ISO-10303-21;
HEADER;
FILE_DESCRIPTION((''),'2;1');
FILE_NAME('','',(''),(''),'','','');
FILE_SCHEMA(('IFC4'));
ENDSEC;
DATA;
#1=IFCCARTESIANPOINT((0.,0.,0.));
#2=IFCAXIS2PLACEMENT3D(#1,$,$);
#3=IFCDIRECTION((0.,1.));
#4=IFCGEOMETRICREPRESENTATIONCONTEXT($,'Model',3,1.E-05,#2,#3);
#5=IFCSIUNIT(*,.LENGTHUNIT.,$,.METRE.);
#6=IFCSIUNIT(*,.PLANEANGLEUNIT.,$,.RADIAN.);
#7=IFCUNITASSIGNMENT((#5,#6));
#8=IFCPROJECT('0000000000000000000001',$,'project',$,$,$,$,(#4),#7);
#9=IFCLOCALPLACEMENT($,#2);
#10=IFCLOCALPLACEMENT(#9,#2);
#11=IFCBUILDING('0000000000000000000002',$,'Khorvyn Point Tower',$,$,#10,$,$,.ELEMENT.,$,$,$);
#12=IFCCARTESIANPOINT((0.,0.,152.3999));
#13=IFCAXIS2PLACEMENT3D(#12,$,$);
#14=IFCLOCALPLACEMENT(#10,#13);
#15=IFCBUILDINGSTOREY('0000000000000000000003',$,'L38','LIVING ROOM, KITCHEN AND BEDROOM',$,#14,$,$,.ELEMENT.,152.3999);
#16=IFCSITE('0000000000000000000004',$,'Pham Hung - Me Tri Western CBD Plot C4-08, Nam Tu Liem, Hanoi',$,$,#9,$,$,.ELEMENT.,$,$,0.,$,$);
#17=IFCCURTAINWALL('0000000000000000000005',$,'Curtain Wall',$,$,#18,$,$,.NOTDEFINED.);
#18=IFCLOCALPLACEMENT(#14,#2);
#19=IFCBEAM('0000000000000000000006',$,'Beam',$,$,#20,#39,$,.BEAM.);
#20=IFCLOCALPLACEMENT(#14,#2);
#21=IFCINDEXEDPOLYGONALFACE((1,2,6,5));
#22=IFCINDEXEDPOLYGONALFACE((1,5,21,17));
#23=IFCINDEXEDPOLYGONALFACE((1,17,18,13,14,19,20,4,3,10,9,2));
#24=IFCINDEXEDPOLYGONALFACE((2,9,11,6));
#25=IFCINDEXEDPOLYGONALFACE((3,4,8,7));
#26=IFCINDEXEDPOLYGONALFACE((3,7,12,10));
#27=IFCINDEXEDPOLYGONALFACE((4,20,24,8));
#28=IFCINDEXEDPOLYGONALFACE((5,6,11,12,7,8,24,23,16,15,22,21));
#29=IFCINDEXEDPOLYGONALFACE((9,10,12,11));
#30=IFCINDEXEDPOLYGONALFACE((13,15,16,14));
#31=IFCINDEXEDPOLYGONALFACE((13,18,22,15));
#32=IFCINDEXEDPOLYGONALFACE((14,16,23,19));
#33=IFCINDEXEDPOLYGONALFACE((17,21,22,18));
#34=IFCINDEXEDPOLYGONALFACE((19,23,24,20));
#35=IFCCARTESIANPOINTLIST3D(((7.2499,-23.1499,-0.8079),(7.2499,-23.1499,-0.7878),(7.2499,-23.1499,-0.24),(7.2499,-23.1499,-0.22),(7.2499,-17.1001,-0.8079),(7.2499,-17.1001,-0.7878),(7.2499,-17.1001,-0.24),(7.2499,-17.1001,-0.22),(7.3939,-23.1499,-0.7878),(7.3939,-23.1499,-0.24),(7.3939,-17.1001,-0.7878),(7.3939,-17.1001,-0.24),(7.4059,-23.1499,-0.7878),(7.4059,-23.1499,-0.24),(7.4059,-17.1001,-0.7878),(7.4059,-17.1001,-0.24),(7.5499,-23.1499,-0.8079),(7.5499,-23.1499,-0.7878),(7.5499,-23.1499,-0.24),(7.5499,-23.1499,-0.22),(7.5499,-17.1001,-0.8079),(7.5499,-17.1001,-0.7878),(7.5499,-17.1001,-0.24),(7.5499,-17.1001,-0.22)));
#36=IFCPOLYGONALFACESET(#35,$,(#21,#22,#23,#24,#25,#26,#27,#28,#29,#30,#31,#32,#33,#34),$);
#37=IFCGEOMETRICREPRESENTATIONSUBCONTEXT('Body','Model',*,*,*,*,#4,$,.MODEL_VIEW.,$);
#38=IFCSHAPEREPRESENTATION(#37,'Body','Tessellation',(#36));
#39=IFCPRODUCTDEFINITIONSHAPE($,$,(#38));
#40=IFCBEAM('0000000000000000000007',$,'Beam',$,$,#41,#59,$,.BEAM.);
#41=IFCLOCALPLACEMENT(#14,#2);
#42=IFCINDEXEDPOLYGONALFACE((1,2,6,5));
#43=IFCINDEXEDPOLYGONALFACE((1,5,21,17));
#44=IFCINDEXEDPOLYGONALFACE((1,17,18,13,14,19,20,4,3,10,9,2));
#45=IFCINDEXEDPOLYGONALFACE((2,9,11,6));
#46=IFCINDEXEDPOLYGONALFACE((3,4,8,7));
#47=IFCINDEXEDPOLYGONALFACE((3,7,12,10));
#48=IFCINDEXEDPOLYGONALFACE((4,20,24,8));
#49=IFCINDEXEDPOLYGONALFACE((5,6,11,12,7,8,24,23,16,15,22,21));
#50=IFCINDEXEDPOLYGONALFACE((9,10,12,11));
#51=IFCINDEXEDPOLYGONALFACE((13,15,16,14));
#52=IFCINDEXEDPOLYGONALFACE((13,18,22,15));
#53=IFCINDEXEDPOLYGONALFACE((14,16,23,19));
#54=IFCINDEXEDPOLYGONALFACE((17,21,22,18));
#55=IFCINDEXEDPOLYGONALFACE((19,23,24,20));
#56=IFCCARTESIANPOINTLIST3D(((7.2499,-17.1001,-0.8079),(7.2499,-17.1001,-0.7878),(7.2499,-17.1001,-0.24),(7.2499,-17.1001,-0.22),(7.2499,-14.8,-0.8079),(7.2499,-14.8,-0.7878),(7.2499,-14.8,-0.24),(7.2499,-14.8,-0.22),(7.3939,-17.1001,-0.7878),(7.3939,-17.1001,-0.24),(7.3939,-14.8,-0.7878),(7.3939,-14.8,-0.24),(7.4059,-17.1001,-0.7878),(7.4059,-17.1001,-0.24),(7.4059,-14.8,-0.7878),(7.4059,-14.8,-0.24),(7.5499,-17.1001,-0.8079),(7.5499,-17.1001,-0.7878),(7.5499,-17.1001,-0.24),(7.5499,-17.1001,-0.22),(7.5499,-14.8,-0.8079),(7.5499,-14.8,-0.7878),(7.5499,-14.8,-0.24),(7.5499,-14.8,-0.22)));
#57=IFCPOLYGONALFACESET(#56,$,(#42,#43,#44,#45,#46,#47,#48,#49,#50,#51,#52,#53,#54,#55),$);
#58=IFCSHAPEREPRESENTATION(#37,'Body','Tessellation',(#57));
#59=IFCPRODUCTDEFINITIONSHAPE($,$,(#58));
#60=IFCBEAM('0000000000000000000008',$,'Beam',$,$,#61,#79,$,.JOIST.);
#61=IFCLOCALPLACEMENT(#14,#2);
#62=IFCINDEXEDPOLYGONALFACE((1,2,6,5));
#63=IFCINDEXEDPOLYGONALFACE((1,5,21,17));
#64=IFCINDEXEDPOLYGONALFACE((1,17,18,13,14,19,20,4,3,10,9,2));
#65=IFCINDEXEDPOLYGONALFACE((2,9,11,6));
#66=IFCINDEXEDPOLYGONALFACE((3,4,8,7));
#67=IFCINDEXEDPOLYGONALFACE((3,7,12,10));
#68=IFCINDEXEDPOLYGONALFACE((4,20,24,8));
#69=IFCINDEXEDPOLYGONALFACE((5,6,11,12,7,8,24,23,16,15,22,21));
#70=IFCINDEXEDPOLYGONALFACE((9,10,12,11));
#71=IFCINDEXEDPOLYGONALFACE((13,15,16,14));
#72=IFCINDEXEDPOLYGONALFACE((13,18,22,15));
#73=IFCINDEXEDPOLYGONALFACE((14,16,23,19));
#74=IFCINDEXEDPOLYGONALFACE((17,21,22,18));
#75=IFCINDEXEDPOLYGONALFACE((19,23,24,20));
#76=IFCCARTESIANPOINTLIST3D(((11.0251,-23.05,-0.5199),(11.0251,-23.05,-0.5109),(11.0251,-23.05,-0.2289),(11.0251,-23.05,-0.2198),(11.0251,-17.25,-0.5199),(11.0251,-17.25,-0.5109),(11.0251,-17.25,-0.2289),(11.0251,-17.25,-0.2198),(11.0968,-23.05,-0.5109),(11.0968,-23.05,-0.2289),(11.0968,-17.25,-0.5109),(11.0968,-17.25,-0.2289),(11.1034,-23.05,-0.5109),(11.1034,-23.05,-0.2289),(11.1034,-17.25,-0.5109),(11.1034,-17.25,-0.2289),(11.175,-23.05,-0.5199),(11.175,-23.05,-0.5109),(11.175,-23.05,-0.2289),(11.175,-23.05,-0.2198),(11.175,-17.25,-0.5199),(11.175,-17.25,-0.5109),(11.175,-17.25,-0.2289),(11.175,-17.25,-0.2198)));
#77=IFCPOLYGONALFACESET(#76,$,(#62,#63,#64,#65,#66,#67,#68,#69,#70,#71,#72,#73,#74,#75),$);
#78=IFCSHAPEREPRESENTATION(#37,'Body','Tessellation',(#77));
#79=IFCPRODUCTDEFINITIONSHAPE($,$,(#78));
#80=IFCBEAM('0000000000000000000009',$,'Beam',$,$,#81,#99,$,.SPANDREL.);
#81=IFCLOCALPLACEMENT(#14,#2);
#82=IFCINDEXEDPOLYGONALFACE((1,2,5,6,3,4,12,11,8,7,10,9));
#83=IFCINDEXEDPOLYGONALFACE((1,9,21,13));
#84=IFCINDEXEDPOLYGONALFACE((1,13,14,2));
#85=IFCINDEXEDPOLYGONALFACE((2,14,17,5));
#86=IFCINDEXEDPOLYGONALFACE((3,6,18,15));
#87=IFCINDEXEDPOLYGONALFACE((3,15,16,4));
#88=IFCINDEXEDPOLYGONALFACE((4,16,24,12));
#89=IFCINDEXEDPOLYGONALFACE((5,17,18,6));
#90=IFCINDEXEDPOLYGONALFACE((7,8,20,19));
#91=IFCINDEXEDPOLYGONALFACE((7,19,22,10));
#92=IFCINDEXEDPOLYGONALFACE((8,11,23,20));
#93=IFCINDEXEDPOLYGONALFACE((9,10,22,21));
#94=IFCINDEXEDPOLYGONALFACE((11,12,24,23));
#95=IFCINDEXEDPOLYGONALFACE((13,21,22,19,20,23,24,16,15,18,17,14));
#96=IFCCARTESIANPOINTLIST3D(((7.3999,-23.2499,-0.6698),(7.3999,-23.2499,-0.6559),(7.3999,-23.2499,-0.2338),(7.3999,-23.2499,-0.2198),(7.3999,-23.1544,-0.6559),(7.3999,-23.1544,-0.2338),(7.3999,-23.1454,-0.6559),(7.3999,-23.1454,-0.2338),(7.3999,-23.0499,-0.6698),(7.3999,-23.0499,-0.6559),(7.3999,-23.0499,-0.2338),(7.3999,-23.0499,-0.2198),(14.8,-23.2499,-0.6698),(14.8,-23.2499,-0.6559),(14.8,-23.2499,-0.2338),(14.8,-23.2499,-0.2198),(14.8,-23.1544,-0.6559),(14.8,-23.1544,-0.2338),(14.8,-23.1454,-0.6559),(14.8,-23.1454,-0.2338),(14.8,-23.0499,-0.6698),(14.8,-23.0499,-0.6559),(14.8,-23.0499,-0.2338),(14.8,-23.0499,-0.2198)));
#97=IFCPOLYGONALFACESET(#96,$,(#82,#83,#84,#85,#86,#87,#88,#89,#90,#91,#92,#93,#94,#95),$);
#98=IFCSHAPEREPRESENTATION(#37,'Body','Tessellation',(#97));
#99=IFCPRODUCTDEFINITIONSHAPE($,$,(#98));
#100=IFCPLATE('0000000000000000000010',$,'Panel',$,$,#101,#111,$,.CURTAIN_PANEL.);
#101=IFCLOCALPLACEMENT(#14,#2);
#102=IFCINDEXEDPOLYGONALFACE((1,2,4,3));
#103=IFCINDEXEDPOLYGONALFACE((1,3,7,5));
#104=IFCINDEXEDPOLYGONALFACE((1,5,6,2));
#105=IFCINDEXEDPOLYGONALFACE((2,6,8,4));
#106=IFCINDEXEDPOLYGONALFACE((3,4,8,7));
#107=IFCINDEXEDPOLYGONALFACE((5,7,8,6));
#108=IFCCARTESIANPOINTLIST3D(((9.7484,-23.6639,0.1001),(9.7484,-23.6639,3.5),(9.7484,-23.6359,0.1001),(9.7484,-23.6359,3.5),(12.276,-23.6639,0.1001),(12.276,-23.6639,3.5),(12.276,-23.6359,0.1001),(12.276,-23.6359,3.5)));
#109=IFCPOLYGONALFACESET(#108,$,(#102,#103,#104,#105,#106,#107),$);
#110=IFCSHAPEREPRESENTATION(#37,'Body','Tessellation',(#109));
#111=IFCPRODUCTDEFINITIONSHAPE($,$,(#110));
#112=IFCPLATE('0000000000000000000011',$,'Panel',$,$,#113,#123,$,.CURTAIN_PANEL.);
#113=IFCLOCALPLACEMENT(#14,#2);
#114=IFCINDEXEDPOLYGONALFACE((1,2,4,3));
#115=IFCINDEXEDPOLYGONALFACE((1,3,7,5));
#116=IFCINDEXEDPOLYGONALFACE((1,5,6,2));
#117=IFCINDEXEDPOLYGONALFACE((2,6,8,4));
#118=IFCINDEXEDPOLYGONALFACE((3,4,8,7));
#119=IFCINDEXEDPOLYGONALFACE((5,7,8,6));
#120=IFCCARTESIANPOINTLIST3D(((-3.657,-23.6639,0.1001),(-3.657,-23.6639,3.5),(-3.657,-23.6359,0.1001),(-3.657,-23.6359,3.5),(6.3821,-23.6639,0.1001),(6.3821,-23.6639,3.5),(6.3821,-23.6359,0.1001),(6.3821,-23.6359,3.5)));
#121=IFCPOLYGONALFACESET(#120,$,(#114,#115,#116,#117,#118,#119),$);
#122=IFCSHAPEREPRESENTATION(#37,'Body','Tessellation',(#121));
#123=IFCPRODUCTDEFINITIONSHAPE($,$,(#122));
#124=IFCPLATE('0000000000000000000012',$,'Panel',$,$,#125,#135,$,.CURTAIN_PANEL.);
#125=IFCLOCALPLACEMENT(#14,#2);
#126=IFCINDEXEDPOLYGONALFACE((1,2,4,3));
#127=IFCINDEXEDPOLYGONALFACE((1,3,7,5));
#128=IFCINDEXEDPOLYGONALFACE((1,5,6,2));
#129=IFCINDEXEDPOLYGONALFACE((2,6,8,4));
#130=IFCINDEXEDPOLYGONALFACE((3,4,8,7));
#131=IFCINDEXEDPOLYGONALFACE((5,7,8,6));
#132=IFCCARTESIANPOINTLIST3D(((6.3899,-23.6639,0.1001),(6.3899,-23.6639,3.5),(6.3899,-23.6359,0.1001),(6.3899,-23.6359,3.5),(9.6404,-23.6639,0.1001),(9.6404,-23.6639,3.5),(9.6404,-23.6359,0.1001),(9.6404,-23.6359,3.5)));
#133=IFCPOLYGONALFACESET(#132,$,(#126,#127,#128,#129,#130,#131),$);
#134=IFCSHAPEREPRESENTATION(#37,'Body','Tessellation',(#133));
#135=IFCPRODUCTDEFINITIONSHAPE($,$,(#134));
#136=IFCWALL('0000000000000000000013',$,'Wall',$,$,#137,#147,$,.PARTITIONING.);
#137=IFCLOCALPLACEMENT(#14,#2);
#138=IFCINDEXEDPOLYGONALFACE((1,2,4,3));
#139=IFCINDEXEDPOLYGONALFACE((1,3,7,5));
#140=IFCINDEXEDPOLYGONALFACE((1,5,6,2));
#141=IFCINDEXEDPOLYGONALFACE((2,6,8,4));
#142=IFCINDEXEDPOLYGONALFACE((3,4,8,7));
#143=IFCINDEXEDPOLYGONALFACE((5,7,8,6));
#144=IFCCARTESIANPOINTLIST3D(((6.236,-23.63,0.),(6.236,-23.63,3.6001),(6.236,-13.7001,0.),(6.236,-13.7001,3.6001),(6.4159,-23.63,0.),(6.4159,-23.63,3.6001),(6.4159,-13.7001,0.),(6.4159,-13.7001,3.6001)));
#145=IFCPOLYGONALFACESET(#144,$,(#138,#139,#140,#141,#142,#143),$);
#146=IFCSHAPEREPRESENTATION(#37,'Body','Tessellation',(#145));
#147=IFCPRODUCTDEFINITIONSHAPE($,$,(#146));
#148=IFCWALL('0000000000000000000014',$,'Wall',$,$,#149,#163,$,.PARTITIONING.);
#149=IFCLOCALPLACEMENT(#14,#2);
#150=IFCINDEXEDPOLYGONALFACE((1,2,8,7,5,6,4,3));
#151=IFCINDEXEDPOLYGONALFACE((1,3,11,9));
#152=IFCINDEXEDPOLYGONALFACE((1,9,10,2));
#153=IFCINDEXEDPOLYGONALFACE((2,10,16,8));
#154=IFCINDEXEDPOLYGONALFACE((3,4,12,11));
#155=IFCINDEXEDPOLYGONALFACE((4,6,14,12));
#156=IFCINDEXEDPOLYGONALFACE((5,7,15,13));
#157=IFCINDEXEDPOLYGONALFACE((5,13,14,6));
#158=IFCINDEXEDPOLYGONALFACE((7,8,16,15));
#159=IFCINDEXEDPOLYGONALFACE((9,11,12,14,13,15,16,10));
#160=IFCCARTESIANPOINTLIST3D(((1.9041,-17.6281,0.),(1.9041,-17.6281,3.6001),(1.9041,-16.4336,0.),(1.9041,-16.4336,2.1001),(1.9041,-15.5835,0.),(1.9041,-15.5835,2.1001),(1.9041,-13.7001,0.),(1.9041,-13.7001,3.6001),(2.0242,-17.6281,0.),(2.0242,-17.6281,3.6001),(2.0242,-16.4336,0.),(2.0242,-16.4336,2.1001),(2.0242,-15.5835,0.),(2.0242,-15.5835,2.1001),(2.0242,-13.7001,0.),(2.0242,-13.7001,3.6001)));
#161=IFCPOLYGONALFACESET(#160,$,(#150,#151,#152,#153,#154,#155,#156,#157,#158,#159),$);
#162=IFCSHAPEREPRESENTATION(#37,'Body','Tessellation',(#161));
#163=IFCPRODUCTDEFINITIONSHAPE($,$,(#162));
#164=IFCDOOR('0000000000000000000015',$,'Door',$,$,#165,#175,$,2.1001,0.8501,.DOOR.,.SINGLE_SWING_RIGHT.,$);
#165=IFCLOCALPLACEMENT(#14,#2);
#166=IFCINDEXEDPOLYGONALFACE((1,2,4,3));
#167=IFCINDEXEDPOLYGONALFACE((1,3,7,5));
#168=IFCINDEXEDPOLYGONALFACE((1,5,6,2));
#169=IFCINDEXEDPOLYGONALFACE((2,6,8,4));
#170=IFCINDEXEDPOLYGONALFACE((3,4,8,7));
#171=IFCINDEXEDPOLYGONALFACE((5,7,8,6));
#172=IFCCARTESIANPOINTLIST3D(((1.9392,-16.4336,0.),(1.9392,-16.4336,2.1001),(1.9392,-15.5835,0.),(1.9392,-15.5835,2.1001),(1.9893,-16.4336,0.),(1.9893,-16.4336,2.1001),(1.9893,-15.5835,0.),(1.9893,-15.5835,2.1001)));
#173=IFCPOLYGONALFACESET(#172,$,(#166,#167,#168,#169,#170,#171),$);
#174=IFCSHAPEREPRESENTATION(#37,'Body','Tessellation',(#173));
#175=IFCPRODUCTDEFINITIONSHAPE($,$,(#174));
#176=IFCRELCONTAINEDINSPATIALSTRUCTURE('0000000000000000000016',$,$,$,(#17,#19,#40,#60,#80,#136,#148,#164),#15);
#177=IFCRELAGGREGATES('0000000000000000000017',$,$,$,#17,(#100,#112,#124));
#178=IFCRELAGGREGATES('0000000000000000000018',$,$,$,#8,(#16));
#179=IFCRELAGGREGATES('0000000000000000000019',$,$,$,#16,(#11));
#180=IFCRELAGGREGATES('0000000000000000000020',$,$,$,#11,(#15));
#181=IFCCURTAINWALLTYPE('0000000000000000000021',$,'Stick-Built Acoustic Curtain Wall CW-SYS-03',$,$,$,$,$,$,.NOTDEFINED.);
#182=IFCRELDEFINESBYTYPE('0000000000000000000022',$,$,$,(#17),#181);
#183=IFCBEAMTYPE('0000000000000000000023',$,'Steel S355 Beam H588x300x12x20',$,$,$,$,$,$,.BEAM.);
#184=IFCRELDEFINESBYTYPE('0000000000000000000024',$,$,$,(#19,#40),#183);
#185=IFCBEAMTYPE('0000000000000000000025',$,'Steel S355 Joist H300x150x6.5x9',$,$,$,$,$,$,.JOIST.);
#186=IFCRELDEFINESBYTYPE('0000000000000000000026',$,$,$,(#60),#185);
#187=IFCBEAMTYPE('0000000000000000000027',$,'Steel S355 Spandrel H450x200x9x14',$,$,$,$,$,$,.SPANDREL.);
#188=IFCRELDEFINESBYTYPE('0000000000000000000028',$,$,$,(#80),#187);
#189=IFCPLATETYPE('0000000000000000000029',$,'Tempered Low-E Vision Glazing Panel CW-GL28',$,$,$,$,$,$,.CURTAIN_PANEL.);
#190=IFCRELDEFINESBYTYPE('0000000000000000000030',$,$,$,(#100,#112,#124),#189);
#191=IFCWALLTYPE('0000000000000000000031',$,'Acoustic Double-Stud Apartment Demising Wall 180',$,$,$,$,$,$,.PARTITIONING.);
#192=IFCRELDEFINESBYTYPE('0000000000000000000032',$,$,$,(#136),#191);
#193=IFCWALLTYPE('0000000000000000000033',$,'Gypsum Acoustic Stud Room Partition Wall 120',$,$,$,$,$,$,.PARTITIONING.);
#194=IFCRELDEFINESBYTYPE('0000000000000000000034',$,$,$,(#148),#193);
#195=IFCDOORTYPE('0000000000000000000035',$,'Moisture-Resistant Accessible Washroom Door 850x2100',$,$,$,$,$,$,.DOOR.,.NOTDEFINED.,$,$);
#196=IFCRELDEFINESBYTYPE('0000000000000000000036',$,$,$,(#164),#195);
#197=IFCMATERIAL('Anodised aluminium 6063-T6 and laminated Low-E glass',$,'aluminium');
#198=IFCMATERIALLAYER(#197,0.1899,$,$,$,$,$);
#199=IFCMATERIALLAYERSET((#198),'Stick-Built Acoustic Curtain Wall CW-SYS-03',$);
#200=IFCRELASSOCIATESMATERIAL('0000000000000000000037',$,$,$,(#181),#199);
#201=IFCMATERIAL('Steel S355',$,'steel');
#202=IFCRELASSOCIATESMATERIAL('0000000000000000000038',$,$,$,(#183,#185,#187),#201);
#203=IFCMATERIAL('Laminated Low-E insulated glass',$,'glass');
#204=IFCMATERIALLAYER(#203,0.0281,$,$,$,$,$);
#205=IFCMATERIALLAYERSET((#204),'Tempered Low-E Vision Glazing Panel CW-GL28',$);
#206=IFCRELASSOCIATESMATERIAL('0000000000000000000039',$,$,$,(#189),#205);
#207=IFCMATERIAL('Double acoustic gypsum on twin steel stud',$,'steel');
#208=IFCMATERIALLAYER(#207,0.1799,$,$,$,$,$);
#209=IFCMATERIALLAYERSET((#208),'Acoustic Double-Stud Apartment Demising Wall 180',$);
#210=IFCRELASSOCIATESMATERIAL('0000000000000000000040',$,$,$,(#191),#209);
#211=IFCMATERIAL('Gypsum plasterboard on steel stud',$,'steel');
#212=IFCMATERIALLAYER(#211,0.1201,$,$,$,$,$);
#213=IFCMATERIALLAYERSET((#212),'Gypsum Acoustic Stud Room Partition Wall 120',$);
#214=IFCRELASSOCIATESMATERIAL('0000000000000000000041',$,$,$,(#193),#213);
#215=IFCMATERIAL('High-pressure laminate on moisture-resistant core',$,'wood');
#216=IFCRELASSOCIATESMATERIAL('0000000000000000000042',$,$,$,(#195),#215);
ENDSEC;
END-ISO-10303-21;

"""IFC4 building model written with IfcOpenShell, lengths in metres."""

from ifc_helpers import new_model, si_unit, direction, frame, frame_2d, origin, origin_2d, place, context, subcontext, project, spatial, rectangle, i_section, extrude, material, layer, layer_set, material_profile, profile_set, type_object, element, fill, aggregate, save


model = new_model("IFC4")

# Units and contexts
model_context = context("Model", 3, precision=1e-05, world=origin(), true_north=direction((0.0, 1.0)))
body_context = subcontext(model_context, "Body", "Model", "MODEL_VIEW")
ifc_project = project(units=[si_unit("LENGTHUNIT", "METRE"), si_unit("PLANEANGLEUNIT", "RADIAN")], contexts=[model_context])

# Site, building, storey
site_placement = place(None, origin())
site = spatial("IfcSite", under=ifc_project, at=site_placement, Name="Pham Hung - Me Tri Western CBD Plot C4-08, Nam Tu Liem, Hanoi", CompositionType="ELEMENT", RefElevation=0.0)
building_placement = place(site_placement, origin())
building = spatial("IfcBuilding", under=site, at=building_placement, Name="Khorvyn Point Tower", CompositionType="ELEMENT")
storey_placement = place(building_placement, frame((0.0, 0.0, 152.3999)))
storey = spatial("IfcBuildingStorey", under=building, at=storey_placement, Name="L38", Description="LIVING ROOM, KITCHEN AND BEDROOM", CompositionType="ELEMENT", Elevation=152.3999)

# Curtain wall
ifc_material_1 = material(Name="Anodised aluminium 6063-T6 and laminated Low-E glass", Category="aluminium")
ifc_layer_1 = layer(ifc_material_1, 0.1899)
ifc_layer_set_1 = layer_set([ifc_layer_1], Name="Stick-Built Acoustic Curtain Wall CW-SYS-03")
curtain_wall_type = type_object("IfcCurtainWallType", Name="Stick-Built Acoustic Curtain Wall CW-SYS-03", PredefinedType="NOTDEFINED", material=ifc_layer_set_1)
curtain_wall_placement = place(storey_placement, origin())
curtain_wall = element("IfcCurtainWall", 1, at=curtain_wall_placement, inside=storey, type_object=curtain_wall_type, Name="Curtain Wall", PredefinedType="NOTDEFINED")

# Beams
ifc_material_2 = material(Name="Steel S355", Category="steel")
ifc_material_profile_1 = material_profile(ifc_material_2, i_section(OverallWidth=0.3, OverallDepth=0.5879, WebThickness=0.012, FlangeThickness=0.02, at=origin_2d()))
ifc_profile_set_1 = profile_set([ifc_material_profile_1], Name="Steel S355 H588x300x12x20")
beam_type_1 = type_object("IfcBeamType", Name="Steel S355 Beam H588x300x12x20", PredefinedType="BEAM", material=ifc_profile_set_1)
beam_1_placement = place(storey_placement, frame((7.3999, -23.1499, -0.5139), z_axis=(0.0, 1.0, 0.0), x_axis=(-1.0, 0.0, 0.0)))
element("IfcBeam", 2, at=beam_1_placement, inside=storey, type_object=beam_type_1, Name="Beam", PredefinedType="BEAM", context=body_context, shape_type="SweptSolid", body=[
    extrude(i_section(OverallWidth=0.3, OverallDepth=0.5879, WebThickness=0.012, FlangeThickness=0.02, at=origin_2d()), origin(), (0.0, 0.0, 1.0), 6.0498),
])
beam_2_placement = place(storey_placement, frame((7.3999, -17.1001, -0.5139), z_axis=(0.0, 1.0, 0.0), x_axis=(-1.0, 0.0, 0.0)))
element("IfcBeam", 3, at=beam_2_placement, inside=storey, type_object=beam_type_1, Name="Beam", PredefinedType="BEAM", context=body_context, shape_type="SweptSolid", body=[
    extrude(i_section(OverallWidth=0.3, OverallDepth=0.5879, WebThickness=0.012, FlangeThickness=0.02, at=origin_2d()), origin(), (0.0, 0.0, 1.0), 2.3),
])
ifc_material_profile_2 = material_profile(ifc_material_2, i_section(OverallWidth=0.1499, OverallDepth=0.3, WebThickness=0.0066, FlangeThickness=0.009, at=origin_2d()))
ifc_profile_set_2 = profile_set([ifc_material_profile_2], Name="Steel S355 H300x150x6.5x9")
beam_type_2 = type_object("IfcBeamType", Name="Steel S355 Joist H300x150x6.5x9", PredefinedType="JOIST", material=ifc_profile_set_2)
beam_3_placement = place(storey_placement, frame((11.1001, -23.05, -0.3699), z_axis=(0.0, 1.0, 0.0), x_axis=(-1.0, 0.0, 0.0)))
element("IfcBeam", 4, at=beam_3_placement, inside=storey, type_object=beam_type_2, Name="Beam", PredefinedType="JOIST", context=body_context, shape_type="SweptSolid", body=[
    extrude(i_section(OverallWidth=0.1499, OverallDepth=0.3, WebThickness=0.0066, FlangeThickness=0.009, at=origin_2d()), origin(), (0.0, 0.0, 1.0), 5.8),
])
ifc_material_profile_3 = material_profile(ifc_material_2, i_section(OverallWidth=0.2, OverallDepth=0.45, WebThickness=0.009, FlangeThickness=0.0139, at=origin_2d()))
ifc_profile_set_3 = profile_set([ifc_material_profile_3], Name="Steel S355 H450x200x9x14")
beam_type_3 = type_object("IfcBeamType", Name="Steel S355 Spandrel H450x200x9x14", PredefinedType="SPANDREL", material=ifc_profile_set_3)
beam_4_placement = place(storey_placement, frame((7.3999, -23.1499, -0.4448), z_axis=(1.0, 0.0, 0.0), x_axis=(0.0, 1.0, 0.0)))
element("IfcBeam", 5, at=beam_4_placement, inside=storey, type_object=beam_type_3, Name="Beam", PredefinedType="SPANDREL", context=body_context, shape_type="SweptSolid", body=[
    extrude(i_section(OverallWidth=0.2, OverallDepth=0.45, WebThickness=0.009, FlangeThickness=0.0139, at=origin_2d()), origin(), (0.0, 0.0, 1.0), 7.4001),
])

# Plates
ifc_material_3 = material(Name="Laminated Low-E insulated glass", Category="glass")
ifc_layer_2 = layer(ifc_material_3, 0.0281)
ifc_layer_set_2 = layer_set([ifc_layer_2], Name="Tempered Low-E Vision Glazing Panel CW-GL28")
plate_type = type_object("IfcPlateType", Name="Tempered Low-E Vision Glazing Panel CW-GL28", PredefinedType="CURTAIN_PANEL", material=ifc_layer_set_2)
plate_1_placement = place(storey_placement, frame((11.0122, -23.6499, 0.1001), z_axis=(0.0, 0.0, 1.0), x_axis=(-1.0, 0.0, 0.0)))
plate_1 = element("IfcPlate", 6, at=plate_1_placement, type_object=plate_type, Name="Panel", PredefinedType="CURTAIN_PANEL", context=body_context, shape_type="SweptSolid", body=[
    extrude(rectangle(XDim=2.5276, YDim=0.0281, at=origin_2d()), origin(), (0.0, 0.0, 1.0), 3.3999),
])
plate_2_placement = place(storey_placement, frame((1.3625, -23.6499, 0.1001), z_axis=(0.0, 0.0, 1.0), x_axis=(-1.0, 0.0, 0.0)))
plate_2 = element("IfcPlate", 7, at=plate_2_placement, type_object=plate_type, Name="Panel", PredefinedType="CURTAIN_PANEL", context=body_context, shape_type="SweptSolid", body=[
    extrude(rectangle(XDim=10.0391, YDim=0.0281, at=origin_2d()), origin(), (0.0, 0.0, 1.0), 3.3999),
])
plate_3_placement = place(storey_placement, frame((8.0151, -23.6499, 0.1001), z_axis=(0.0, 0.0, 1.0), x_axis=(-1.0, 0.0, 0.0)))
plate_3 = element("IfcPlate", 8, at=plate_3_placement, type_object=plate_type, Name="Panel", PredefinedType="CURTAIN_PANEL", context=body_context, shape_type="SweptSolid", body=[
    extrude(rectangle(XDim=3.2505, YDim=0.0281, at=origin_2d()), origin(), (0.0, 0.0, 1.0), 3.3999),
])
aggregate(curtain_wall, [plate_1, plate_2, plate_3])

# Wall
ifc_material_4 = material(Name="Double acoustic gypsum on twin steel stud", Category="steel")
ifc_layer_3 = layer(ifc_material_4, 0.1799)
ifc_layer_set_3 = layer_set([ifc_layer_3], Name="Acoustic Double-Stud Apartment Demising Wall 180")
wall_type_1 = type_object("IfcWallType", Name="Acoustic Double-Stud Apartment Demising Wall 180", PredefinedType="PARTITIONING", material=ifc_layer_set_3)
wall_1_placement = place(storey_placement, frame((6.3259, -23.6299, 0.0), z_axis=(0.0, 0.0, 1.0), x_axis=(0.0, 1.0, 0.0)))
element("IfcWall", 9, at=wall_1_placement, inside=storey, type_object=wall_type_1, Name="Wall", PredefinedType="PARTITIONING", context=body_context, shape_type="SweptSolid", body=[
    extrude(rectangle(XDim=9.9299, YDim=0.1799, at=frame_2d((4.9648, 0.0))), origin(), (0.0, 0.0, 1.0), 3.6001),
])

# Wall, opening, door
ifc_material_5 = material(Name="Gypsum plasterboard on steel stud", Category="steel")
ifc_layer_4 = layer(ifc_material_5, 0.1201)
ifc_layer_set_4 = layer_set([ifc_layer_4], Name="Gypsum Acoustic Stud Room Partition Wall 120")
wall_type_2 = type_object("IfcWallType", Name="Gypsum Acoustic Stud Room Partition Wall 120", PredefinedType="PARTITIONING", material=ifc_layer_set_4)
wall_2_placement = place(storey_placement, frame((1.9641, -17.6279, 0.0), z_axis=(0.0, 0.0, 1.0), x_axis=(0.0, 1.0, 0.0)))
wall_2 = element("IfcWall", 10, at=wall_2_placement, inside=storey, type_object=wall_type_2, Name="Wall", PredefinedType="PARTITIONING", context=body_context, shape_type="SweptSolid", body=[
    extrude(rectangle(XDim=3.928, YDim=0.1201, at=frame_2d((1.9639, 0.0))), origin(), (0.0, 0.0, 1.0), 3.6001),
])
opening_1_placement = place(wall_2_placement, frame((1.1943, 0.0, 0.0)))
opening_1 = element("IfcOpeningElement", 11, at=opening_1_placement, cuts=wall_2, PredefinedType="OPENING", context=body_context, shape_type="SweptSolid", body=[
    extrude(rectangle(XDim=0.8501, YDim=2.1001, at=frame_2d((0.425, 1.05))), frame((0.0, 0.0701, 0.0), z_axis=(0.0, -1.0, 0.0), x_axis=(1.0, 0.0, 0.0)), (0.0, 0.0, 1.0), 0.1401),
])
ifc_material_6 = material(Name="High-pressure laminate on moisture-resistant core", Category="wood")
door_type_1 = type_object("IfcDoorType", Name="Moisture-Resistant Accessible Washroom Door 850x2100", OperationType="NOTDEFINED", PredefinedType="DOOR", material=ifc_material_6)
door_1_placement = place(opening_1_placement, origin())
door_1 = element("IfcDoor", 12, at=door_1_placement, inside=storey, type_object=door_type_1, Name="Door", OperationType="SINGLE_SWING_RIGHT", OverallHeight=2.1001, OverallWidth=0.8501, PredefinedType="DOOR", context=body_context, shape_type="SweptSolid", body=[
    extrude(rectangle(XDim=0.8501, YDim=2.1001, at=frame_2d((0.425, 1.05))), frame((0.0, 0.0249, 0.0), z_axis=(0.0, -1.0, 0.0), x_axis=(1.0, 0.0, 0.0)), (0.0, 0.0, 1.0), 0.05),
])
fill(opening_1, door_1)

save(model, "model.ifc")
